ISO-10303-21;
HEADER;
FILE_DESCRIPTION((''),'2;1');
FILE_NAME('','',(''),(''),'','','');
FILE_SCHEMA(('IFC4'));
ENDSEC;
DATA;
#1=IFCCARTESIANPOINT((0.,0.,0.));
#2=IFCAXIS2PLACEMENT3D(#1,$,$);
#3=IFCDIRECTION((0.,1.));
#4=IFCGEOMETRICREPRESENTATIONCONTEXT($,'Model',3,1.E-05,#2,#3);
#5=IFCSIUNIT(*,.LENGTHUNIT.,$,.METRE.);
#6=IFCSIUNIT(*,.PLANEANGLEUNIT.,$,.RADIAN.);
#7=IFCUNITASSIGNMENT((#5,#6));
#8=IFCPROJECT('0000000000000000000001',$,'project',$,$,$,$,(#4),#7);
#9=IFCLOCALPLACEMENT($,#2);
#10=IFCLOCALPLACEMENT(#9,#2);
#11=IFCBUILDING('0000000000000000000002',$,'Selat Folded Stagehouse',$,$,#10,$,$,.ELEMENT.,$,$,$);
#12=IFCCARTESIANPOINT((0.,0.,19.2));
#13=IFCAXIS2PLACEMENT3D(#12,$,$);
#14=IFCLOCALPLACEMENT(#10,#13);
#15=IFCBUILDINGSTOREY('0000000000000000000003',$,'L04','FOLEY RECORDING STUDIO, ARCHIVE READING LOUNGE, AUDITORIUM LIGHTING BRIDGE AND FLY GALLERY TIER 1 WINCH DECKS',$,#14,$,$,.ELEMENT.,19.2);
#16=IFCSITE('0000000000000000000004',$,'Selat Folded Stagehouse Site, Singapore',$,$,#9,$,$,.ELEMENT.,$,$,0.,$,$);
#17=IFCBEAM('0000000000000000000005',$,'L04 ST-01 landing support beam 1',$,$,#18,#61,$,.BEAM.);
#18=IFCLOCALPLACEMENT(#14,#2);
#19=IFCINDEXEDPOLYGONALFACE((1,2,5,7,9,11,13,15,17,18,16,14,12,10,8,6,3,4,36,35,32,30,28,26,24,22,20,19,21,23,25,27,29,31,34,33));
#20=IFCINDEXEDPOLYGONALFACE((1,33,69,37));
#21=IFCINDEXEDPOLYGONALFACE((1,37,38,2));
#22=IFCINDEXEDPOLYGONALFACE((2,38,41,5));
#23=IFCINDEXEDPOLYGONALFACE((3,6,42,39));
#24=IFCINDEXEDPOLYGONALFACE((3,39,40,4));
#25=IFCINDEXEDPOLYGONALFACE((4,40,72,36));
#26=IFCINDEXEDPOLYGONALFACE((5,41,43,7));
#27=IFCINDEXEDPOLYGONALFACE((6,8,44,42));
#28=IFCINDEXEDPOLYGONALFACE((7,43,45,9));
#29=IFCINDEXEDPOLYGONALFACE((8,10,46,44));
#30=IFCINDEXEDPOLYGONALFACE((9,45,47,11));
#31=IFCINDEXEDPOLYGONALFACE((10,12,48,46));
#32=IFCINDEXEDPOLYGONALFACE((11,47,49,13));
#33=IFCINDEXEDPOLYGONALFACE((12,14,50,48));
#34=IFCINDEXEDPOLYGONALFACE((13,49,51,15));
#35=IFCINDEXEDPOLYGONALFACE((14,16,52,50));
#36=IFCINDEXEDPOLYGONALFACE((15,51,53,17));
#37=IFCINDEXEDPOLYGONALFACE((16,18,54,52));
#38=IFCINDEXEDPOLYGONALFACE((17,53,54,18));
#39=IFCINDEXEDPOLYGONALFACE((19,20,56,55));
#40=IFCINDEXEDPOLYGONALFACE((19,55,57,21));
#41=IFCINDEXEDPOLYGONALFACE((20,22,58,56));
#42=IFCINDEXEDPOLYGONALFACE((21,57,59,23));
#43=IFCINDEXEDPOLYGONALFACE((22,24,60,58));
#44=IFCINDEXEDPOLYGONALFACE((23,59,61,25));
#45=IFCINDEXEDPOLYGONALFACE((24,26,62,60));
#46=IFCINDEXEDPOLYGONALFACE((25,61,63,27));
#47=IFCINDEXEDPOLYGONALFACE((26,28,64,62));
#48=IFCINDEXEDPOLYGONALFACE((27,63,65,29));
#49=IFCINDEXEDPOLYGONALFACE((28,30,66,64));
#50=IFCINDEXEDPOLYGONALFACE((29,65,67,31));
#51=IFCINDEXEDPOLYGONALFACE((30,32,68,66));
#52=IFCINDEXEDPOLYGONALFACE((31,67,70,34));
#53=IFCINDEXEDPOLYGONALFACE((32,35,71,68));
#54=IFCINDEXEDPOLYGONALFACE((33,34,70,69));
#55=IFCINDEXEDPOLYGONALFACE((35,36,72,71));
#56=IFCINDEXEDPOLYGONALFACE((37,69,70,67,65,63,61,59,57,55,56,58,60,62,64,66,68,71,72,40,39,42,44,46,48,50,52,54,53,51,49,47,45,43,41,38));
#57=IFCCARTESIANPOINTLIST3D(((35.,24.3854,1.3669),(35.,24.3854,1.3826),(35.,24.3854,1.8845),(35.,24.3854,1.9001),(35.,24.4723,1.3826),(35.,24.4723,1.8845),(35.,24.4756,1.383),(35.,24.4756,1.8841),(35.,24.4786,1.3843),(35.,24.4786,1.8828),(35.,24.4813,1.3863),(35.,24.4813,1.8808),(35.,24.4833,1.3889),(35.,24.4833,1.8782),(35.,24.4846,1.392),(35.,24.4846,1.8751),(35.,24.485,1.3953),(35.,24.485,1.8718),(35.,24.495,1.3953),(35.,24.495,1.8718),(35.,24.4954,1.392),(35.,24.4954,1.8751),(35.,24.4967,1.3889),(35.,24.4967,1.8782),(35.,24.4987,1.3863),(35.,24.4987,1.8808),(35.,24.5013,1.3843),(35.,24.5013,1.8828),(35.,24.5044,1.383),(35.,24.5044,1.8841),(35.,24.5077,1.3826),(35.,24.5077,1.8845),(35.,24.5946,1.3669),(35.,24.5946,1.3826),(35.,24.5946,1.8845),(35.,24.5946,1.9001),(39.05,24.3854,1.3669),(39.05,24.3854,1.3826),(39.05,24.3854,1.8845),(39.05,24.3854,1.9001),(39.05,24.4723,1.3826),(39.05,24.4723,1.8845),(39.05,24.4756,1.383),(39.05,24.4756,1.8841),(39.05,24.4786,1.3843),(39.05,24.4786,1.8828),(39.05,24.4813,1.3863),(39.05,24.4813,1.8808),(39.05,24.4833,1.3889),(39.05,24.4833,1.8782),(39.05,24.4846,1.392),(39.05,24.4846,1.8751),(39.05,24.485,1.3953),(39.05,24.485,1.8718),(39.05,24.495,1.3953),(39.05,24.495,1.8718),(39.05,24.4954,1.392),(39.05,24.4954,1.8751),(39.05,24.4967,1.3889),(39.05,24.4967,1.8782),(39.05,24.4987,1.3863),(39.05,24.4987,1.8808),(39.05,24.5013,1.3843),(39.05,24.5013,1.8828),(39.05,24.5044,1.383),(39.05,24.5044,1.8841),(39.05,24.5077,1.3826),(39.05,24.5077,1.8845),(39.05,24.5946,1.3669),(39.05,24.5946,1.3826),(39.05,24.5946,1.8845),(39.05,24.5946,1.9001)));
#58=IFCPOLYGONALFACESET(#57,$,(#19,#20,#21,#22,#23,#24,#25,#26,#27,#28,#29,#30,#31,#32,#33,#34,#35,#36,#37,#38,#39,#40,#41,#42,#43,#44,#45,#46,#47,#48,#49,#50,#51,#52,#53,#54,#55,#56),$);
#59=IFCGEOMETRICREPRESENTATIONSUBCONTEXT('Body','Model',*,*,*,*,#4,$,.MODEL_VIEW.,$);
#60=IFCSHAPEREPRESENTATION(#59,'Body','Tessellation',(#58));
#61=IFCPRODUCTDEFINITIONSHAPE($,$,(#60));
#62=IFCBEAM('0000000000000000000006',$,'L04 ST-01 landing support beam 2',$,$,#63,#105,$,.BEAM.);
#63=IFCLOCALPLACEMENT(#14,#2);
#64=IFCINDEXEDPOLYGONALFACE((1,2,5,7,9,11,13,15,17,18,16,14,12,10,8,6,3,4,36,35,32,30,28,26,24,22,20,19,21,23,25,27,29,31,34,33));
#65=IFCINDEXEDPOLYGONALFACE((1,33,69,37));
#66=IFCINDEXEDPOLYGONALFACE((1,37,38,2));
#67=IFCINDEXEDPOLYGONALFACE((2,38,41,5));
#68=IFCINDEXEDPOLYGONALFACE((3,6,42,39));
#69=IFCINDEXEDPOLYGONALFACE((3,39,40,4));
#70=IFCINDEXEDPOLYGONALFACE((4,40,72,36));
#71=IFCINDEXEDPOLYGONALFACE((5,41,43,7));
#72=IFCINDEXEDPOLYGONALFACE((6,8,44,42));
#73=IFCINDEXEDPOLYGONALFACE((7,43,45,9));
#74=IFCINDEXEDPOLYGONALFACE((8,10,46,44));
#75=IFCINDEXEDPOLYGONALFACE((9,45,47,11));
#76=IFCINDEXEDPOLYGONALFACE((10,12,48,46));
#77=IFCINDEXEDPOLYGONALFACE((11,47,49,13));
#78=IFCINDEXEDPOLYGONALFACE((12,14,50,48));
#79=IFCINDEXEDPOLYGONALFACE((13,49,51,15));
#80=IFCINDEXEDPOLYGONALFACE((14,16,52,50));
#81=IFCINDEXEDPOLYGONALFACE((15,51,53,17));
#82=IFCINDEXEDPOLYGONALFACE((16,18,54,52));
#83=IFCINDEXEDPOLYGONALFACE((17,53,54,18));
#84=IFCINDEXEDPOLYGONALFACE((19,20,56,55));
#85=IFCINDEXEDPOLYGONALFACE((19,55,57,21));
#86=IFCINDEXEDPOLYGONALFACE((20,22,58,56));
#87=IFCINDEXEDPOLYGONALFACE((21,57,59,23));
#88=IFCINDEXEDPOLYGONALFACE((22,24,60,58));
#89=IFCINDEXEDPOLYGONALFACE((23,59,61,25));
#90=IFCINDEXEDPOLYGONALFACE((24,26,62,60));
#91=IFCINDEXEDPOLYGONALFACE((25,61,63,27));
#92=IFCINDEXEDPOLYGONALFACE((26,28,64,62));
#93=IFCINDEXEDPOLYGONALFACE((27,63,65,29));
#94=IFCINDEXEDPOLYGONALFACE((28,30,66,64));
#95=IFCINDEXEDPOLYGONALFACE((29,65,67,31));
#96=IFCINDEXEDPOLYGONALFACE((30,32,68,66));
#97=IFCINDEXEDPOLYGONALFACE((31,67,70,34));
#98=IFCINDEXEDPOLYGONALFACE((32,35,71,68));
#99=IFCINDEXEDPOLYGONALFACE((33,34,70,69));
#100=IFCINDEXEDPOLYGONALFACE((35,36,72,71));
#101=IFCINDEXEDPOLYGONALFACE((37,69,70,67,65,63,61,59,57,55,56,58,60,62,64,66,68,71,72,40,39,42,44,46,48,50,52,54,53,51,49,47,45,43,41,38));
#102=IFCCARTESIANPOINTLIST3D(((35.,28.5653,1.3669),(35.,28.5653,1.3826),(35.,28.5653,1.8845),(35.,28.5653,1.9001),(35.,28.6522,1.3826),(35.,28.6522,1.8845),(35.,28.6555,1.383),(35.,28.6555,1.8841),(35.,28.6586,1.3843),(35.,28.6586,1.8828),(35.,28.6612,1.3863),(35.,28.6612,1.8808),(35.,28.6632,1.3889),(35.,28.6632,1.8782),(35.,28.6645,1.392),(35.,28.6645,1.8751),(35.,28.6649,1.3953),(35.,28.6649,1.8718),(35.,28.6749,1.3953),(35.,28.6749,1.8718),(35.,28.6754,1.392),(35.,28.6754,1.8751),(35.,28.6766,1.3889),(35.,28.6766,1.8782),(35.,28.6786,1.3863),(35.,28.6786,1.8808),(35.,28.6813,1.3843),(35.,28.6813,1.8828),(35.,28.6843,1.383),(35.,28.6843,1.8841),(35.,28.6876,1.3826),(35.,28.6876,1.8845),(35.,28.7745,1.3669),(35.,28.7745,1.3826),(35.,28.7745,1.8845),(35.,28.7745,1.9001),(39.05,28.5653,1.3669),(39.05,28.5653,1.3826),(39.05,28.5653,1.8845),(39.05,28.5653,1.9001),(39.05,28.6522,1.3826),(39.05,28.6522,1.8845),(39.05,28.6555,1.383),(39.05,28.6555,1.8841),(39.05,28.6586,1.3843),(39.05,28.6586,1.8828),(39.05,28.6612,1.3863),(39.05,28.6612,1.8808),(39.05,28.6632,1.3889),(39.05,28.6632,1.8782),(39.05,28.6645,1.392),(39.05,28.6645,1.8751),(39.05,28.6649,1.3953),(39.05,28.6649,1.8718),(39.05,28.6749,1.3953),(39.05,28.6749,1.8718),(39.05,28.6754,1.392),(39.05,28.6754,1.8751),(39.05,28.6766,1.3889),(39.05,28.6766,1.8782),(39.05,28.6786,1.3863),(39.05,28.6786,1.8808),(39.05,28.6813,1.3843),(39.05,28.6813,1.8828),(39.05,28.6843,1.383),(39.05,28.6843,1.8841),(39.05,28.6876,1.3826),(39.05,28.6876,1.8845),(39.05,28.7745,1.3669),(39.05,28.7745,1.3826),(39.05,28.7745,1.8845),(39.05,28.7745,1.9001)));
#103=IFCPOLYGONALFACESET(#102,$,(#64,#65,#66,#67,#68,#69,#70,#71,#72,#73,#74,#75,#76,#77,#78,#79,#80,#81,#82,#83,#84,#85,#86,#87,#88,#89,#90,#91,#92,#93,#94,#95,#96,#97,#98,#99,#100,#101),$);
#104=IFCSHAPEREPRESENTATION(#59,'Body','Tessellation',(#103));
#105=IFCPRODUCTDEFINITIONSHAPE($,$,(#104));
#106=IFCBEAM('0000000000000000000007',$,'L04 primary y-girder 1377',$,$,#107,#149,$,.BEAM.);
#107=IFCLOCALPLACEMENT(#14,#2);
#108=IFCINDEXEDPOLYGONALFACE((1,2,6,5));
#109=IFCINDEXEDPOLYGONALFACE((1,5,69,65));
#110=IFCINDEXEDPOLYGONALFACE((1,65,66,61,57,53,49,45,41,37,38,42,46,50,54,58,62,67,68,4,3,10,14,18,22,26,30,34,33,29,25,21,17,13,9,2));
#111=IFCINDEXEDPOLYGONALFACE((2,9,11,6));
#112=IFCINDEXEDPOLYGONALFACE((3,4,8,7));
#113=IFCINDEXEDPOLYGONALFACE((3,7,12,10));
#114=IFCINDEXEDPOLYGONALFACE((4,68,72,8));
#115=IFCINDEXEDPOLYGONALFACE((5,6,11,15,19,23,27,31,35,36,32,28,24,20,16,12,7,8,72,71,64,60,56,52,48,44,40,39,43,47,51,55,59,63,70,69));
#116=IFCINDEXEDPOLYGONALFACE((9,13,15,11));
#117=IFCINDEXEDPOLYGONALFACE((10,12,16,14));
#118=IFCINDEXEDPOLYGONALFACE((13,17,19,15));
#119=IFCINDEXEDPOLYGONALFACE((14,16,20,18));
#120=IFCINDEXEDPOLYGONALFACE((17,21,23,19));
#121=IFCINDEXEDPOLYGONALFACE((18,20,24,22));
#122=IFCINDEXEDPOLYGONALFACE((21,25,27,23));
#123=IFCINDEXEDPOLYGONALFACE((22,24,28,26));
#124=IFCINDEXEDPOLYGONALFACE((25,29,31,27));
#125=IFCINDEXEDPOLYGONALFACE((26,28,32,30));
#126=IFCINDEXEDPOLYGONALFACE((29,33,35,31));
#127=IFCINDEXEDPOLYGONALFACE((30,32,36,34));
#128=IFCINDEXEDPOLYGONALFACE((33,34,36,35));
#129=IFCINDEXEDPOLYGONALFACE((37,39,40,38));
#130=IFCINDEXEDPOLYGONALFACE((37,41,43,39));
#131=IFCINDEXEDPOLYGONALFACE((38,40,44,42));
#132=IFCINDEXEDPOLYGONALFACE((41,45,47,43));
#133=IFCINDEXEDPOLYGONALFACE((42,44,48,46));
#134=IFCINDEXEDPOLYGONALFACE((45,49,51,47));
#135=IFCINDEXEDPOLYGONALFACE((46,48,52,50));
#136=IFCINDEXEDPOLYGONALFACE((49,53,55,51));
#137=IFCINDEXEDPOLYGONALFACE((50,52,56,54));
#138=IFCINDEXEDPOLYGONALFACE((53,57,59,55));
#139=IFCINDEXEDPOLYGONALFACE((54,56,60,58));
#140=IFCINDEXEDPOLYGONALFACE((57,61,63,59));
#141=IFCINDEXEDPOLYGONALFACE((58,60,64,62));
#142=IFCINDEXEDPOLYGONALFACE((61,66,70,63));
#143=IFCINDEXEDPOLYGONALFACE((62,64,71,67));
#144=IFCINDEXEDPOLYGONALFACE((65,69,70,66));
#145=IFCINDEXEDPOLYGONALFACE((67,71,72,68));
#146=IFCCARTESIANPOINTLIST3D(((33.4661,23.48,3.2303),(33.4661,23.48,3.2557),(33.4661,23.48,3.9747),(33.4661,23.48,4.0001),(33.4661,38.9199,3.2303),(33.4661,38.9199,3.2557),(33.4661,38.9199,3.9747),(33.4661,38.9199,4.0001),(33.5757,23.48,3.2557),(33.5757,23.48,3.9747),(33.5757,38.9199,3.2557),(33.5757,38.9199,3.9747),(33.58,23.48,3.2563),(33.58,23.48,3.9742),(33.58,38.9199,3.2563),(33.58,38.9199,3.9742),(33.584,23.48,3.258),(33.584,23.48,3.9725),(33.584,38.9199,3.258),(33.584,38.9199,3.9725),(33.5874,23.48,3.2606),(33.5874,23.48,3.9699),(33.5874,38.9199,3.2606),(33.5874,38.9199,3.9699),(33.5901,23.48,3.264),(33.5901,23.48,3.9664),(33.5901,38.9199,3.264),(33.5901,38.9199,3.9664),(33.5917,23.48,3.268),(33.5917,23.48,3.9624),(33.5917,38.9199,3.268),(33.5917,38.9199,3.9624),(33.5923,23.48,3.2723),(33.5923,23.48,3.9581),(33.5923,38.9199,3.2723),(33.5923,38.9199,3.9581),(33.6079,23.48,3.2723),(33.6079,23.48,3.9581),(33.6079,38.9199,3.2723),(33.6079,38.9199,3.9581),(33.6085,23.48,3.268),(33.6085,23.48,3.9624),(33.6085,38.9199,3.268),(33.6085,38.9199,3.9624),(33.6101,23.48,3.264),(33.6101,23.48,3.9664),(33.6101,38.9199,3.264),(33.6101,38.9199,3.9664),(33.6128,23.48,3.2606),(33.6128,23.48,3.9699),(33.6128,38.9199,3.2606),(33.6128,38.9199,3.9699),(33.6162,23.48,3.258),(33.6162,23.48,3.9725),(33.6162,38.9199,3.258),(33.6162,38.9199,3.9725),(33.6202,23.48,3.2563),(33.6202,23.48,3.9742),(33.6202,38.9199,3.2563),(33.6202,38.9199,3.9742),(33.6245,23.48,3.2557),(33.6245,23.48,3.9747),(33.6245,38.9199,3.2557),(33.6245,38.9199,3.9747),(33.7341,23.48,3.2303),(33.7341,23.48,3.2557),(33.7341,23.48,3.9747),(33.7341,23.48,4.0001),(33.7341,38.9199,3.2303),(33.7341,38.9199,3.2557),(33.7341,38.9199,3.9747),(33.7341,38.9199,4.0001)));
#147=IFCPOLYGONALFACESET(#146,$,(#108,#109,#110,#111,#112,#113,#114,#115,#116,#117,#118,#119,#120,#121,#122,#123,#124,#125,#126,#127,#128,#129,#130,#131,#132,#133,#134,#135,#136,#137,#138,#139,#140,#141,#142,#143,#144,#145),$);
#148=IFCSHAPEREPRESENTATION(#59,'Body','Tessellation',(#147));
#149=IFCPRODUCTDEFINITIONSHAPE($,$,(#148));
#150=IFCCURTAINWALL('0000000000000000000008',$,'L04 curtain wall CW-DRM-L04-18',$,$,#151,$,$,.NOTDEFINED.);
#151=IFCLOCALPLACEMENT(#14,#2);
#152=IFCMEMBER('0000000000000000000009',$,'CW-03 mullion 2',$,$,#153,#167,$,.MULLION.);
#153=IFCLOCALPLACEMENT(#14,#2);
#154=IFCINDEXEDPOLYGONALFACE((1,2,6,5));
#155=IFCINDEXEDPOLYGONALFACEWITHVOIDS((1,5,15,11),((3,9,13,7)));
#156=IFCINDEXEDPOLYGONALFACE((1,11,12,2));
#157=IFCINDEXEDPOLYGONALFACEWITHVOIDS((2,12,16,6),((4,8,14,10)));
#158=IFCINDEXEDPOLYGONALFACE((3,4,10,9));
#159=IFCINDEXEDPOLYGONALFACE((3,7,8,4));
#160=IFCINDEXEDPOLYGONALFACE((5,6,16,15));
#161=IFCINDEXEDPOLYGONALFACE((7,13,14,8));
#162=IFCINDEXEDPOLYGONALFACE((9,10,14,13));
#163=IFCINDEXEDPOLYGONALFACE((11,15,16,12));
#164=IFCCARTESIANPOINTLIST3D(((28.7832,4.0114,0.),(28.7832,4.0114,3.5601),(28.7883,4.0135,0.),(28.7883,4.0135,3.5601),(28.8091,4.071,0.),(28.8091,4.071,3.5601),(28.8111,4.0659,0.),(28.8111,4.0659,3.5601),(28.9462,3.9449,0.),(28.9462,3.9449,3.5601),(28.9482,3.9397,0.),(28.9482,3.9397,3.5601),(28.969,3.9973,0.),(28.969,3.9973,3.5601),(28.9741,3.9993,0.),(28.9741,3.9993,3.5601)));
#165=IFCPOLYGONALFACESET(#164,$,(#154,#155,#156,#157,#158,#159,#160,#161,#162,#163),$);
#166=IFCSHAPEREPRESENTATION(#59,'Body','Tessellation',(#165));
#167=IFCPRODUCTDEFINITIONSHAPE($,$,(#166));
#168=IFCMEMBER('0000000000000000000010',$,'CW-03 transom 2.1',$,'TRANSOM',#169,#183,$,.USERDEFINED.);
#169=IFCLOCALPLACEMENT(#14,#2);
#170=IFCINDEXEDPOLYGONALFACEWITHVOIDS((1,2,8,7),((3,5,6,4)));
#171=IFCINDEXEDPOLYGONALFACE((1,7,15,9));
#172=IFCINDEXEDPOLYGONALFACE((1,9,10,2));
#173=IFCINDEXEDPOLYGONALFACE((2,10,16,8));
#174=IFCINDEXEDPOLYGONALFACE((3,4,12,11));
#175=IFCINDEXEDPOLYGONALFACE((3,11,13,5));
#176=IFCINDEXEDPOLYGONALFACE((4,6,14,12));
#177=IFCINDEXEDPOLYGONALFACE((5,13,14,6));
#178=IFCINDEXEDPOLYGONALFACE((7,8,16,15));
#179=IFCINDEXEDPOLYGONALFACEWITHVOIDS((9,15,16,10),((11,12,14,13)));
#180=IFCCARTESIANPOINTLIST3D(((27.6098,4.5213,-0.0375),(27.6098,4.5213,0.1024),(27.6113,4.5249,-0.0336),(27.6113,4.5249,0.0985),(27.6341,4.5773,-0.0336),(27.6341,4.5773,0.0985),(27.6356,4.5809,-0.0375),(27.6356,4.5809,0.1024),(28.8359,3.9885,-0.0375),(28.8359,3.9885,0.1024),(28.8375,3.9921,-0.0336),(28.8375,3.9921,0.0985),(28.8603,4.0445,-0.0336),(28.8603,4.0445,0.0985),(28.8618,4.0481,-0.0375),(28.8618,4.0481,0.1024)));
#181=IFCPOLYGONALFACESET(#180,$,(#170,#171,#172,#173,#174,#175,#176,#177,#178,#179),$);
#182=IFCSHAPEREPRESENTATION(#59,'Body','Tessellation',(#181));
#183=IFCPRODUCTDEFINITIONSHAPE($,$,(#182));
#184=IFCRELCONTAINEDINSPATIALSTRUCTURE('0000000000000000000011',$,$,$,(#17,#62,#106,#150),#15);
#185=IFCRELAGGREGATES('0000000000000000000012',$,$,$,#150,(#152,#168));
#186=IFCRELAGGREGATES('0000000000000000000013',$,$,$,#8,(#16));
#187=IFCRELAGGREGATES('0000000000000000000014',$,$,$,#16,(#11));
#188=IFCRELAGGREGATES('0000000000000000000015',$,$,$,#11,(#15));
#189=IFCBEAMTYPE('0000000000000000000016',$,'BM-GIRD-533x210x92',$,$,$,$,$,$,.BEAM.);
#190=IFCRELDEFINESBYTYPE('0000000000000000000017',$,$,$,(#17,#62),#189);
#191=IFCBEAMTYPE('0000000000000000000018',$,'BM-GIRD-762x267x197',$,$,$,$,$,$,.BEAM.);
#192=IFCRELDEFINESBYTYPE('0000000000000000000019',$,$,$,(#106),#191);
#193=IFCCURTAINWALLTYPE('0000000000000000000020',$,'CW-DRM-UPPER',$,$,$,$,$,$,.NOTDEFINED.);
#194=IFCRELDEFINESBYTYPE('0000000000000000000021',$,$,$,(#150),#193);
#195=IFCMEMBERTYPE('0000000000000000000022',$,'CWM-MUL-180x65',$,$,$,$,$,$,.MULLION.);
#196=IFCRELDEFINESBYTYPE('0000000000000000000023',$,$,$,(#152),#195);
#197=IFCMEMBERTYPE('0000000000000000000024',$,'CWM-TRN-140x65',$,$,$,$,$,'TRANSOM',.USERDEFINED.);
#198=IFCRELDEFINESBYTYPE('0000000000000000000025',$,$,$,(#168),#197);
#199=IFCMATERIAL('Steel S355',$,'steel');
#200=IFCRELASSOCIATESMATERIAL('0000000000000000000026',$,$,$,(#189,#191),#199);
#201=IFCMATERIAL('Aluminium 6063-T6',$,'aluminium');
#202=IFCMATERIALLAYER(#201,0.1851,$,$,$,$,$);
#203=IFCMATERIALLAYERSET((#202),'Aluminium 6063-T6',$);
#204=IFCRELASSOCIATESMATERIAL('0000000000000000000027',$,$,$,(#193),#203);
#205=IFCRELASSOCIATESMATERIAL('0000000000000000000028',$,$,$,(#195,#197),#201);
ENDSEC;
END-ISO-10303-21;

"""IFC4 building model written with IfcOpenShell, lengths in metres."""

from ifc_helpers import new_model, si_unit, direction, frame, origin, origin_2d, place, context, subcontext, project, spatial, hollow_rectangle, i_section, extrude, material, layer, layer_set, material_profile, profile_set, type_object, element, aggregate, save


model = new_model("IFC4")

# Units and contexts
model_context = context("Model", 3, precision=1e-05, world=origin(), true_north=direction((0.0, 1.0)))
body_context = subcontext(model_context, "Body", "Model", "MODEL_VIEW")
ifc_project = project(units=[si_unit("LENGTHUNIT", "METRE"), si_unit("PLANEANGLEUNIT", "RADIAN")], contexts=[model_context])

# Site, building, storey
site_placement = place(None, origin())
site = spatial("IfcSite", under=ifc_project, at=site_placement, Name="Selat Folded Stagehouse Site, Singapore", CompositionType="ELEMENT", RefElevation=0.0)
building_placement = place(site_placement, origin())
building = spatial("IfcBuilding", under=site, at=building_placement, Name="Selat Folded Stagehouse", CompositionType="ELEMENT")
storey_placement = place(building_placement, frame((0.0, 0.0, 19.2)))
storey = spatial("IfcBuildingStorey", under=building, at=storey_placement, Name="L04", Description="FOLEY RECORDING STUDIO, ARCHIVE READING LOUNGE, AUDITORIUM LIGHTING BRIDGE AND FLY GALLERY TIER 1 WINCH DECKS", CompositionType="ELEMENT", Elevation=19.2)

# Shared definitions
ifc_material_1 = material(Name="Steel S355", Category="steel")

# Beams
ifc_material_profile_1 = material_profile(ifc_material_1, i_section(OverallWidth=0.2092, OverallDepth=0.5332, WebThickness=0.01, FlangeThickness=0.0156, FilletRadius=0.0127, at=origin_2d()), Name="UKB 533x210x92")
ifc_profile_set_1 = profile_set([ifc_material_profile_1], Name="Steel S355")
beam_type_1 = type_object("IfcBeamType", Name="BM-GIRD-533x210x92", PredefinedType="BEAM", material=ifc_profile_set_1)
for number, where, z_axis, x_axis, name in (
    (1, (35.0, 24.49, 1.6335), (1.0, 0.0, 0.0), (0.0, 1.0, 0.0), "L04 ST-01 landing support beam 1"),
    (2, (35.0, 28.6699, 1.6335), (1.0, 0.0, 0.0), (0.0, 1.0, 0.0), "L04 ST-01 landing support beam 2"),
):
    element("IfcBeam", number, at=place(storey_placement, frame(where, z_axis=z_axis, x_axis=x_axis)), inside=storey, type_object=beam_type_1, Name=name, PredefinedType="BEAM", context=body_context, shape_type="SweptSolid", body=[
        extrude(i_section(OverallWidth=0.2092, OverallDepth=0.5332, WebThickness=0.01, FlangeThickness=0.0156, FilletRadius=0.0127, at=origin_2d()), origin(), (0.0, 0.0, 1.0), 4.05),
    ])
ifc_material_profile_2 = material_profile(ifc_material_1, i_section(OverallWidth=0.2681, OverallDepth=0.7698, WebThickness=0.0156, FlangeThickness=0.0254, FilletRadius=0.0166, at=origin_2d()), Name="UKB 762x267x197")
ifc_profile_set_2 = profile_set([ifc_material_profile_2], Name="Steel S355")
beam_type_2 = type_object("IfcBeamType", Name="BM-GIRD-762x267x197", PredefinedType="BEAM", material=ifc_profile_set_2)
beam_1_placement = place(storey_placement, frame((33.6001, 23.48, 3.6152), z_axis=(0.0, 1.0, 0.0), x_axis=(-1.0, 0.0, 0.0)))
element("IfcBeam", 3, at=beam_1_placement, inside=storey, type_object=beam_type_2, Name="L04 primary y-girder 1377", PredefinedType="BEAM", context=body_context, shape_type="SweptSolid", body=[
    extrude(i_section(OverallWidth=0.2681, OverallDepth=0.7698, WebThickness=0.0156, FlangeThickness=0.0254, FilletRadius=0.0166, at=origin_2d()), origin(), (0.0, 0.0, 1.0), 15.4399),
])

# Curtain wall, members
ifc_material_2 = material(Name="Aluminium 6063-T6", Category="aluminium")
ifc_layer_1 = layer(ifc_material_2, 0.1851)
ifc_layer_set_1 = layer_set([ifc_layer_1], Name="Aluminium 6063-T6")
curtain_wall_type = type_object("IfcCurtainWallType", Name="CW-DRM-UPPER", PredefinedType="NOTDEFINED", material=ifc_layer_set_1)
curtain_wall_placement = place(storey_placement, origin())
curtain_wall = element("IfcCurtainWall", 4, at=curtain_wall_placement, inside=storey, type_object=curtain_wall_type, Name="L04 curtain wall CW-DRM-L04-18", PredefinedType="NOTDEFINED")
ifc_material_profile_3 = material_profile(ifc_material_2, hollow_rectangle(XDim=0.0649, YDim=0.1799, WallThickness=0.0039, at=origin_2d()), Name="ALU 180x65x4.0")
ifc_profile_set_3 = profile_set([ifc_material_profile_3], Name="Aluminium 6063-T6")
member_type_1 = type_object("IfcMemberType", Name="CWM-MUL-180x65", PredefinedType="MULLION", material=ifc_profile_set_3)
member_1_placement = place(storey_placement, frame((28.8787, 4.0054, 0.0), z_axis=(0.0, 0.0, 1.0), x_axis=(-0.39858, -0.917134, 0.0)))
member_1 = element("IfcMember", 5, at=member_1_placement, type_object=member_type_1, Name="CW-03 mullion 2", PredefinedType="MULLION", context=body_context, shape_type="SweptSolid", body=[
    extrude(hollow_rectangle(XDim=0.0649, YDim=0.1799, WallThickness=0.0039, at=origin_2d()), origin(), (0.0, 0.0, 1.0), 3.5601),
])
ifc_material_profile_4 = material_profile(ifc_material_2, hollow_rectangle(XDim=0.0649, YDim=0.1399, WallThickness=0.0039, at=origin_2d()), Name="ALU 140x65x4.0")
ifc_profile_set_4 = profile_set([ifc_material_profile_4], Name="Aluminium 6063-T6")
member_type_2 = type_object("IfcMemberType", Name="CWM-TRN-140x65", ElementType="TRANSOM", PredefinedType="USERDEFINED", material=ifc_profile_set_4)
member_2_placement = place(storey_placement, frame((28.8489, 4.0183, 0.0325), z_axis=(-0.917169, 0.398499, 0.0), x_axis=(-0.398499, -0.917169, 0.0)))
member_2 = element("IfcMember", 6, at=member_2_placement, type_object=member_type_2, Name="CW-03 transom 2.1", ObjectType="TRANSOM", PredefinedType="USERDEFINED", context=body_context, shape_type="SweptSolid", body=[
    extrude(hollow_rectangle(XDim=0.0649, YDim=0.1399, WallThickness=0.0039, at=origin_2d()), origin(), (0.0, 0.0, 1.0), 1.3369),
])

aggregate(curtain_wall, [member_1, member_2])

save(model, "model.ifc")
